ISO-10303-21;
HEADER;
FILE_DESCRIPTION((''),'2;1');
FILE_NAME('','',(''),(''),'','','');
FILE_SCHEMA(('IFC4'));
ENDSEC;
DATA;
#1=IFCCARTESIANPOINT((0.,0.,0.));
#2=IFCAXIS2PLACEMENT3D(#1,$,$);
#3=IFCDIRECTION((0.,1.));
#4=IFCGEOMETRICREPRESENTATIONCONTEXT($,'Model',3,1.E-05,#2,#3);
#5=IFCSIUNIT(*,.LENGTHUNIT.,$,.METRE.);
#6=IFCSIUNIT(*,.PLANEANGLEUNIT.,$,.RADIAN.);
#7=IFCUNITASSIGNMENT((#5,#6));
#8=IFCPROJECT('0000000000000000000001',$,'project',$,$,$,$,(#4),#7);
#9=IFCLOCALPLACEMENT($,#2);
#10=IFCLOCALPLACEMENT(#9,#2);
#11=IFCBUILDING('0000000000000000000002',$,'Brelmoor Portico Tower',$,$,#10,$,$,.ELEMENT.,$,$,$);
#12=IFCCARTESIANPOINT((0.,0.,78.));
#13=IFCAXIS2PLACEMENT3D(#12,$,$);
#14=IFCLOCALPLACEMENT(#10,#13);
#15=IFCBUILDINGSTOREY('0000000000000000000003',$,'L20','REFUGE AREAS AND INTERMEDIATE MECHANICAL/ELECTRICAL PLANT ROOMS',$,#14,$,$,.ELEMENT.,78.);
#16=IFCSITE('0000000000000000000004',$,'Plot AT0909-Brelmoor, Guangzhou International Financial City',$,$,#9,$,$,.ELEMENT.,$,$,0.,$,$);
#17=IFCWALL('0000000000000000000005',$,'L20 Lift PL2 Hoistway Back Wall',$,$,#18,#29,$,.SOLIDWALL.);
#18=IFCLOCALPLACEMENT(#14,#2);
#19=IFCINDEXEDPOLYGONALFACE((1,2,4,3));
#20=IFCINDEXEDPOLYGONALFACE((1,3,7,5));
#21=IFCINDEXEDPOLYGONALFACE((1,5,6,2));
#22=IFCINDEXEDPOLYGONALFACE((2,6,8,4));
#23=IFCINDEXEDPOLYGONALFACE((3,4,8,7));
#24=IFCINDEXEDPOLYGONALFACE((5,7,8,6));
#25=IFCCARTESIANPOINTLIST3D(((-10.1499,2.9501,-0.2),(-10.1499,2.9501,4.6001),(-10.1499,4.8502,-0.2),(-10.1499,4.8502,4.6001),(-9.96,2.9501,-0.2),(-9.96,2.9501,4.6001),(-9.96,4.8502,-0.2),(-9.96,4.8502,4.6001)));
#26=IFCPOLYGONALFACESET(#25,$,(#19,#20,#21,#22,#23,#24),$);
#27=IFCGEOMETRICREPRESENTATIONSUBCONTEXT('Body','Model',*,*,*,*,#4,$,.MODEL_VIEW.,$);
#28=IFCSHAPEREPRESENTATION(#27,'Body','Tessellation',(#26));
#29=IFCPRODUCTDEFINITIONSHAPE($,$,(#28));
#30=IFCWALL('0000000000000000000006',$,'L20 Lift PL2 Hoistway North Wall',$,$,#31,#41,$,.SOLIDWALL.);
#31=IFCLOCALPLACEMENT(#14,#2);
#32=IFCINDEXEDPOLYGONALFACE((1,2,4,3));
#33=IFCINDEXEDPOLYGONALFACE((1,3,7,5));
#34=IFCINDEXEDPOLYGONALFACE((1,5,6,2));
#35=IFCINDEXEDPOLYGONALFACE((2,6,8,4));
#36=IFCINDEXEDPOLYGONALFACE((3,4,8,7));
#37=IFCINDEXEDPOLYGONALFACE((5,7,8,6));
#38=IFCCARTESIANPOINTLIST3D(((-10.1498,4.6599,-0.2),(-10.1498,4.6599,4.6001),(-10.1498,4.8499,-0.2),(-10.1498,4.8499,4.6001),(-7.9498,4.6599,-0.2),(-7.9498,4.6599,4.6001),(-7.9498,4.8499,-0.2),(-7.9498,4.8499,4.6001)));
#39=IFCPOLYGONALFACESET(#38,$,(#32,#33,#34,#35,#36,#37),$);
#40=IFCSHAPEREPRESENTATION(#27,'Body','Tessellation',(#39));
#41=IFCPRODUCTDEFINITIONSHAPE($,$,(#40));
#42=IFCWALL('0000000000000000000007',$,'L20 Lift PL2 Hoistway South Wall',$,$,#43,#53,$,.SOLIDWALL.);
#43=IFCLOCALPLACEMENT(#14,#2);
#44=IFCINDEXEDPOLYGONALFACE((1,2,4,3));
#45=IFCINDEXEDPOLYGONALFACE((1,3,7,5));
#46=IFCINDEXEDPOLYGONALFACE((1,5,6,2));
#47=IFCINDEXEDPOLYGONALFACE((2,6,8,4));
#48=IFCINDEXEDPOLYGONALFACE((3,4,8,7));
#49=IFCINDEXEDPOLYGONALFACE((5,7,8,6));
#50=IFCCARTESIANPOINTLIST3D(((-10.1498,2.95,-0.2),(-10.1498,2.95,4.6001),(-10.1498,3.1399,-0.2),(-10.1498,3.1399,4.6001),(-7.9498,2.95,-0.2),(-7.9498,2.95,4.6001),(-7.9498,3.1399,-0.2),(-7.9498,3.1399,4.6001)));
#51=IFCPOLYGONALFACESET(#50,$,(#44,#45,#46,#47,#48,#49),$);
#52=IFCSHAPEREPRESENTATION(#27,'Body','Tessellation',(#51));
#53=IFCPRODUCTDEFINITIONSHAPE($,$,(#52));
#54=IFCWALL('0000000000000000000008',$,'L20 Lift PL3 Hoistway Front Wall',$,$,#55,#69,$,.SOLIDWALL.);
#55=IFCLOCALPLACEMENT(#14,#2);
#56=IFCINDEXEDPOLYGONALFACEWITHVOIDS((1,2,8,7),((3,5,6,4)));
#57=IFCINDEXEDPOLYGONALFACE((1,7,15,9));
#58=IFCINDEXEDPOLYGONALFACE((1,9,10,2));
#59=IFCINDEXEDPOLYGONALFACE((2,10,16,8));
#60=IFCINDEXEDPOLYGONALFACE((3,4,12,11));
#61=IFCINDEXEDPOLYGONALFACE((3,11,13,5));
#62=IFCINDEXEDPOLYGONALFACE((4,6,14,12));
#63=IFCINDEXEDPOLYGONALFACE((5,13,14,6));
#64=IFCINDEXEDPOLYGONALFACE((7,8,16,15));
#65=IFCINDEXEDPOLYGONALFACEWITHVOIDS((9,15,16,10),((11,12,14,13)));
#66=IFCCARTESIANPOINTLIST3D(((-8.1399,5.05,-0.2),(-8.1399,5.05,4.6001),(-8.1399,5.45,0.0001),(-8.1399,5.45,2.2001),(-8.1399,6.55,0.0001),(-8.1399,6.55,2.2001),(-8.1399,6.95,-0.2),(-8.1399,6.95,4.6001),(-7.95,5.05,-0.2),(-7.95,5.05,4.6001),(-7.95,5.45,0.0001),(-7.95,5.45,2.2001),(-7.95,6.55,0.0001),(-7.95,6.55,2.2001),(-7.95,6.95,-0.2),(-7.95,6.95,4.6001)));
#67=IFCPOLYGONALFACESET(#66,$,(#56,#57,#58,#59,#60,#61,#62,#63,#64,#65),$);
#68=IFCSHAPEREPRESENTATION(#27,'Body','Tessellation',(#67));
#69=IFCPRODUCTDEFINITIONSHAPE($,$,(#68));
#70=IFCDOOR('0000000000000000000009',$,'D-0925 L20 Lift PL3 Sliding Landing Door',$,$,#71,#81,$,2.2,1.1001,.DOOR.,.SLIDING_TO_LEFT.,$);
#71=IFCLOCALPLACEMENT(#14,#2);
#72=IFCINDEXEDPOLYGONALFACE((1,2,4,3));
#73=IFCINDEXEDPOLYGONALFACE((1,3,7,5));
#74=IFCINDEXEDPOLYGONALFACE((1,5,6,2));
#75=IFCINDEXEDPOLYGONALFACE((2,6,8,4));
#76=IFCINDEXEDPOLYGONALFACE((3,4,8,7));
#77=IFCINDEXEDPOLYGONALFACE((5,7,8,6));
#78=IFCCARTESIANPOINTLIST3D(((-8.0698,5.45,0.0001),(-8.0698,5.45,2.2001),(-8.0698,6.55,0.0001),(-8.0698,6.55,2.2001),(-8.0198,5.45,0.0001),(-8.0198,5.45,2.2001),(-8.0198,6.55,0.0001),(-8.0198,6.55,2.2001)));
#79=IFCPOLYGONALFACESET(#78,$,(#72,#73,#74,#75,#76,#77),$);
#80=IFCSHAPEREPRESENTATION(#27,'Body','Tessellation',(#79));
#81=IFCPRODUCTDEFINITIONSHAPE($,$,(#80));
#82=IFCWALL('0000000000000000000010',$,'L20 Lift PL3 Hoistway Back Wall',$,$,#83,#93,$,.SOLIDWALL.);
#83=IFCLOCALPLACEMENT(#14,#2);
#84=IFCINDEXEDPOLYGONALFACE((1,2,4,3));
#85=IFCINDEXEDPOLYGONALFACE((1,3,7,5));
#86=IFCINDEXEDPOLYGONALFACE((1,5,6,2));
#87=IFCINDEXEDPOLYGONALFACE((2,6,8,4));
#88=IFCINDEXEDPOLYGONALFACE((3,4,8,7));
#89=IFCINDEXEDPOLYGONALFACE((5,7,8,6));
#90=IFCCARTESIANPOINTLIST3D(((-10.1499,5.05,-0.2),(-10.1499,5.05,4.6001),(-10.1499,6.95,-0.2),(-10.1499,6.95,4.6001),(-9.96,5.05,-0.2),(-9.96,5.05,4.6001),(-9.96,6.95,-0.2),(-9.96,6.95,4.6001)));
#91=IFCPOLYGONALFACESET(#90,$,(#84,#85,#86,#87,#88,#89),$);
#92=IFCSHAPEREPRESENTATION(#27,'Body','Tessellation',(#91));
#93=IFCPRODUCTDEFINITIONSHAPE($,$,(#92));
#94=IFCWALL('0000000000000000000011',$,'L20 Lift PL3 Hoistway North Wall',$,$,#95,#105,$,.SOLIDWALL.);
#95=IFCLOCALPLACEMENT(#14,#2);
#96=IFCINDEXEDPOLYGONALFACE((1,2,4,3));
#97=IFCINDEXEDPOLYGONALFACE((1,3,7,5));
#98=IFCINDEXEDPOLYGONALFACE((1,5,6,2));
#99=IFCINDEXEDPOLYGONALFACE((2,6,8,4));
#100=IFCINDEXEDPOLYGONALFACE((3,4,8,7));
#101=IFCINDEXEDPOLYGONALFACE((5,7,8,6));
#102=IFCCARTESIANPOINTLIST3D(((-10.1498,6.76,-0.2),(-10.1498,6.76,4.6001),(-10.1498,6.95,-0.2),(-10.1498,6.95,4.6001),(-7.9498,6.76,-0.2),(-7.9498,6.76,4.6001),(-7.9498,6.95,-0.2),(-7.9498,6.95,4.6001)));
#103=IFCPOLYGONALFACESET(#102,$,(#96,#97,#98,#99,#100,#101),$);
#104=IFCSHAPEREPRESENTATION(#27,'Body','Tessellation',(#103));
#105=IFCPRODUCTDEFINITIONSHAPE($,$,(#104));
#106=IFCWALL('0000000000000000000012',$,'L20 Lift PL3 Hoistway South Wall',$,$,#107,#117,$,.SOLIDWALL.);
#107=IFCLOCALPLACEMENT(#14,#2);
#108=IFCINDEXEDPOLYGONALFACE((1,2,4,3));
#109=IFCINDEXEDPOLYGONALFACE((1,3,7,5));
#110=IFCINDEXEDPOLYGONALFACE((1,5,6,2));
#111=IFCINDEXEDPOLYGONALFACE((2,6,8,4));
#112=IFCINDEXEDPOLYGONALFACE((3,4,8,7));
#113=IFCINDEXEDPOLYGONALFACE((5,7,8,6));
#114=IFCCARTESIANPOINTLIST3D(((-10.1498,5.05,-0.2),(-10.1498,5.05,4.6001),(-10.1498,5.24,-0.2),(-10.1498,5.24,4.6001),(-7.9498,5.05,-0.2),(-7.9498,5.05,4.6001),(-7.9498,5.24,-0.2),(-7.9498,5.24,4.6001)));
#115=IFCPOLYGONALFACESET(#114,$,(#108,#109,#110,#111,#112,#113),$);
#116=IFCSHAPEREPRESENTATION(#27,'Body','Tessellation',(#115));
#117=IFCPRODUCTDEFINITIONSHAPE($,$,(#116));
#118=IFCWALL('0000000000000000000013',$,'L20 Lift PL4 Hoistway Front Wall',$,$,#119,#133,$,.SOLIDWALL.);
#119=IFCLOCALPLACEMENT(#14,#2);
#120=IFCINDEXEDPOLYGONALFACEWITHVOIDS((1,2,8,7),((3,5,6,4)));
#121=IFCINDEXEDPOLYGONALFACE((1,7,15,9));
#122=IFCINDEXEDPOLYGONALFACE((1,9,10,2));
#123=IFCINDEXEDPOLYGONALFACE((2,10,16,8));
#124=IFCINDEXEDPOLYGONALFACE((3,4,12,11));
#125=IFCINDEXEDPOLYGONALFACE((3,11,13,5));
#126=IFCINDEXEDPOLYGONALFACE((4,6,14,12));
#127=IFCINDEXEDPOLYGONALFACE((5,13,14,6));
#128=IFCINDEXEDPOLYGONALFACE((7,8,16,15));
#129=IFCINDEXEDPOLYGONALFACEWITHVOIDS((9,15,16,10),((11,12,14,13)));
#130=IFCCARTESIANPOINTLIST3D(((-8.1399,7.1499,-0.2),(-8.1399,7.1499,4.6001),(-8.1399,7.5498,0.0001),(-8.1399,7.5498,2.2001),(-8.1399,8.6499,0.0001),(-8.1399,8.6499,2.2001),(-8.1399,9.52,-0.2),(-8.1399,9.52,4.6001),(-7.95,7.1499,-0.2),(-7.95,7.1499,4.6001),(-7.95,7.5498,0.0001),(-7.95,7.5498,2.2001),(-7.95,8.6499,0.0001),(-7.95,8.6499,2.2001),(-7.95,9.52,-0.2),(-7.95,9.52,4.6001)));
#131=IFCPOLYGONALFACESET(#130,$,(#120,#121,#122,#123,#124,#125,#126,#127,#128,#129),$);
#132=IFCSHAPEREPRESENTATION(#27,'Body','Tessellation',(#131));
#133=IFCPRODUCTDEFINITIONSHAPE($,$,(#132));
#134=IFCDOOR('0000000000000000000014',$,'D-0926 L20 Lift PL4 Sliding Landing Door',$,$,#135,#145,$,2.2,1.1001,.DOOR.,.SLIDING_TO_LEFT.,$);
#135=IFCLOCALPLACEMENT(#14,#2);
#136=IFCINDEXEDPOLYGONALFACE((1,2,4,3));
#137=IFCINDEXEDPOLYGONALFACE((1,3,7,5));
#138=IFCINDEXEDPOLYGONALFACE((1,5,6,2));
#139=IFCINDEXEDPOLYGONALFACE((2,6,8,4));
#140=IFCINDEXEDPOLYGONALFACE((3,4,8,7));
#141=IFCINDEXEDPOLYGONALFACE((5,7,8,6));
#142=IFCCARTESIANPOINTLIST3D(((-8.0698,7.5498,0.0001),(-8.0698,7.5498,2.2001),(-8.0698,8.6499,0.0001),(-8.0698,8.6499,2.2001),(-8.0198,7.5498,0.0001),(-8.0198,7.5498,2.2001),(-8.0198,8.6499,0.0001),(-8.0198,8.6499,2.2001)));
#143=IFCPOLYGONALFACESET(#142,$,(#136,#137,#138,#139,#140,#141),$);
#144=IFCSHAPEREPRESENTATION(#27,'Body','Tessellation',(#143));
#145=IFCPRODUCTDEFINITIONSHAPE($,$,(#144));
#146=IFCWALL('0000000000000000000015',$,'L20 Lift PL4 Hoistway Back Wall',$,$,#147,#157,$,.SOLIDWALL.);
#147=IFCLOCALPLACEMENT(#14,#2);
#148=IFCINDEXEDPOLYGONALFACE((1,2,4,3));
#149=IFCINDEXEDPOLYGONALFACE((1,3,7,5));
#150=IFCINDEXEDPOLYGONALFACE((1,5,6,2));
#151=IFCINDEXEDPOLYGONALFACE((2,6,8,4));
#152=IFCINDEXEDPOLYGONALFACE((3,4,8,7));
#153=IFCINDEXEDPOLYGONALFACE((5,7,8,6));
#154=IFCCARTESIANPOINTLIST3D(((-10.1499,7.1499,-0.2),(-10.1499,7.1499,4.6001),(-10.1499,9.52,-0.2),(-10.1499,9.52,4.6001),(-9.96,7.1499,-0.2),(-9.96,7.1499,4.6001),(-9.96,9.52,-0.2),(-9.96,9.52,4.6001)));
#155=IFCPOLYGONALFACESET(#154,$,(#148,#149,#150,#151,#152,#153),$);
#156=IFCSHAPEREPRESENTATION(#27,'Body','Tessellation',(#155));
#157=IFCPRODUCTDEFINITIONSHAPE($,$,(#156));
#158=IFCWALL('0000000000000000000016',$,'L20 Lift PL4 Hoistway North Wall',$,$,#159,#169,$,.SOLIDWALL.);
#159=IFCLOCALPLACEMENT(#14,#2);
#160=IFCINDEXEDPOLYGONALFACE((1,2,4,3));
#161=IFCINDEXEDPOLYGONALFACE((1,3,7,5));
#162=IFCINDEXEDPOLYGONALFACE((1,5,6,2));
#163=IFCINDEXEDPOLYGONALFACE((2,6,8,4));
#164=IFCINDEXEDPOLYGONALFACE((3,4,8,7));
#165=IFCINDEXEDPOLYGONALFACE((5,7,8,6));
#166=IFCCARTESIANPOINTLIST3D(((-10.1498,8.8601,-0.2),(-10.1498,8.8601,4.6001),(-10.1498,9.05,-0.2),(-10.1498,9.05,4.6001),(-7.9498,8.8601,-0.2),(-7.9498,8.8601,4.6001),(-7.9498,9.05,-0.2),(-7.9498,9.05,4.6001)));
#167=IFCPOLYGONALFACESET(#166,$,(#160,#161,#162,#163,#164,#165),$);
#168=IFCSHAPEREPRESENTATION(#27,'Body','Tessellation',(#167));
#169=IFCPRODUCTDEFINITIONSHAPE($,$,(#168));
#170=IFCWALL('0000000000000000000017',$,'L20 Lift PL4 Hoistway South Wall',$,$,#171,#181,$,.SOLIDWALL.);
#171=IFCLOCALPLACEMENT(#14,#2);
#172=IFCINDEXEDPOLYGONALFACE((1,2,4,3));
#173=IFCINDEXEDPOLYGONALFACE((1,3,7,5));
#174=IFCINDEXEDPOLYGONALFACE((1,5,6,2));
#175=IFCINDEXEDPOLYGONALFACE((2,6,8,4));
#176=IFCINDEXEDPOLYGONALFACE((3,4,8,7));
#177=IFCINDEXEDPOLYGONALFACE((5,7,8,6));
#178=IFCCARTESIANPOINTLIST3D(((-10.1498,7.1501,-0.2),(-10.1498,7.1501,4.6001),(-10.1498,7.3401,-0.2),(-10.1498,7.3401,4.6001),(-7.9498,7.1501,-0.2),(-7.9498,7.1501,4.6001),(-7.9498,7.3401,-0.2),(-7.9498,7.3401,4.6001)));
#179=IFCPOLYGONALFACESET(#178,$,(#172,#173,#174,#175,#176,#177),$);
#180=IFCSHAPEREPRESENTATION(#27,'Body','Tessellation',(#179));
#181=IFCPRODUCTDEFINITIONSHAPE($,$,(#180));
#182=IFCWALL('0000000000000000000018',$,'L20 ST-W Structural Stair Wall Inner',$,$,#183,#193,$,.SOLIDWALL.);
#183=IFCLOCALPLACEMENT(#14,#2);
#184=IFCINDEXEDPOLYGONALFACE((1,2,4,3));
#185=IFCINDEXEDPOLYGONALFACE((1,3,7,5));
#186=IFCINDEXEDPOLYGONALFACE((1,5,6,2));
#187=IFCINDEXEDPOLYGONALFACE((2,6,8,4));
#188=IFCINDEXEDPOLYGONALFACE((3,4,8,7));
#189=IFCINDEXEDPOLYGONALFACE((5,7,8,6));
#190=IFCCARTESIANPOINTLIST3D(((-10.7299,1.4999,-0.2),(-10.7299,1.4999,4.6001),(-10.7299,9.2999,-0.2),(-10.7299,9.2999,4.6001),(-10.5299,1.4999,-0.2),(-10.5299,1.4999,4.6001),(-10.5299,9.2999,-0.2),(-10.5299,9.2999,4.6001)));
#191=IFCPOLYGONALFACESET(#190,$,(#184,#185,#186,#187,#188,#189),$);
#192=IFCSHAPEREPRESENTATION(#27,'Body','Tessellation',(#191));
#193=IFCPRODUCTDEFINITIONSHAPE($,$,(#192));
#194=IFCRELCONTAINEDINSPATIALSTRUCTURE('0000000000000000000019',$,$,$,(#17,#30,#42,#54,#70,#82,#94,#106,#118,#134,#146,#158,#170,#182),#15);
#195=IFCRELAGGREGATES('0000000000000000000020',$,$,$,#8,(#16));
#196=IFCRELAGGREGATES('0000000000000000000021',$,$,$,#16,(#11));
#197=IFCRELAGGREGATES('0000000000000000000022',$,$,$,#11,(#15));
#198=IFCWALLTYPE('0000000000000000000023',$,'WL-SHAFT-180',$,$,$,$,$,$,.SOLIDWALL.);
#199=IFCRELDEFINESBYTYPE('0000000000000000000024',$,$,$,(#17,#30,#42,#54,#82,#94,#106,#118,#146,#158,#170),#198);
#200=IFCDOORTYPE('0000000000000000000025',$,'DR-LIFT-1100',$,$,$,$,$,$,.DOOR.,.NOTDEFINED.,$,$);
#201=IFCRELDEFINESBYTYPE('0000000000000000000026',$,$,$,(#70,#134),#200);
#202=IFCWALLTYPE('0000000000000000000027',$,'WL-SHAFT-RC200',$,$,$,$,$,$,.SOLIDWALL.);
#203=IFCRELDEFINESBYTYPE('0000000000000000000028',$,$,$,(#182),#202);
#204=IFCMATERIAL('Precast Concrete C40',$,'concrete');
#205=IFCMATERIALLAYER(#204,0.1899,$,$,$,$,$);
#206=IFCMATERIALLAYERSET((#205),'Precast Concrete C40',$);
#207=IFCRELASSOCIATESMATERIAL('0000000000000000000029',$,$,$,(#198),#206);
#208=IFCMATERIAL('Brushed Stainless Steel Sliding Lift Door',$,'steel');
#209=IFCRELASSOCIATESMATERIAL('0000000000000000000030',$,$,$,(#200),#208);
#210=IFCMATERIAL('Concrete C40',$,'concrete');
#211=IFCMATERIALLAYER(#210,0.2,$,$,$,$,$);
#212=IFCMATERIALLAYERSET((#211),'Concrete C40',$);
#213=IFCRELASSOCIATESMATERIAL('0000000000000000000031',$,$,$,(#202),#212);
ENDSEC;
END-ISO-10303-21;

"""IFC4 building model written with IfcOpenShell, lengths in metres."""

from ifc_helpers import new_model, si_unit, direction, frame, frame_2d, origin, place, context, subcontext, project, spatial, rectangle, extrude, material, layer, layer_set, type_object, element, fill, save


model = new_model("IFC4")

# Units and contexts
model_context = context("Model", 3, precision=1e-05, world=origin(), true_north=direction((0.0, 1.0)))
body_context = subcontext(model_context, "Body", "Model", "MODEL_VIEW")
ifc_project = project(units=[si_unit("LENGTHUNIT", "METRE"), si_unit("PLANEANGLEUNIT", "RADIAN")], contexts=[model_context])

# Site, building, storey
site_placement = place(None, origin())
site = spatial("IfcSite", under=ifc_project, at=site_placement, Name="Plot AT0909-Brelmoor, Guangzhou International Financial City", CompositionType="ELEMENT", RefElevation=0.0)
building_placement = place(site_placement, origin())
building = spatial("IfcBuilding", under=site, at=building_placement, Name="Brelmoor Portico Tower", CompositionType="ELEMENT")
storey_placement = place(building_placement, frame((0.0, 0.0, 78.0)))
storey = spatial("IfcBuildingStorey", under=building, at=storey_placement, Name="L20", Description="REFUGE AREAS AND INTERMEDIATE MECHANICAL/ELECTRICAL PLANT ROOMS", CompositionType="ELEMENT", Elevation=78.0)

# Shared definitions
ifc_material_1 = material(Name="Precast Concrete C40", Category="concrete")
ifc_layer_1 = layer(ifc_material_1, 0.1899)
ifc_layer_set_1 = layer_set([ifc_layer_1], Name="Precast Concrete C40")
wall_type_1 = type_object("IfcWallType", Name="WL-SHAFT-180", PredefinedType="SOLIDWALL", material=ifc_layer_set_1)
ifc_material_2 = material(Name="Brushed Stainless Steel Sliding Lift Door", Category="steel")
door_type_1 = type_object("IfcDoorType", Name="DR-LIFT-1100", OperationType="NOTDEFINED", PredefinedType="DOOR", material=ifc_material_2)

# Walls
wall_1_placement = place(storey_placement, frame((-10.0549, 2.95, -0.2), z_axis=(0.0, 0.0, 1.0), x_axis=(0.0, 1.0, 0.0)))
element("IfcWall", 1, at=wall_1_placement, inside=storey, type_object=wall_type_1, Name="L20 Lift PL2 Hoistway Back Wall", PredefinedType="SOLIDWALL", context=body_context, shape_type="SweptSolid", body=[
    extrude(rectangle(XDim=1.9001, YDim=0.1899, at=frame_2d((0.9502, 0.0))), origin(), (0.0, 0.0, 1.0), 4.8),
])
for number, where, z_axis, x_axis, name in (
    (2, (-10.1499, 4.7549, -0.2), (0.0, 0.0, 1.0), (1.0, 0.0, 0.0), "L20 Lift PL2 Hoistway North Wall"),
    (3, (-10.1499, 3.0449, -0.2), (0.0, 0.0, 1.0), (1.0, 0.0, 0.0), "L20 Lift PL2 Hoistway South Wall"),
):
    element("IfcWall", number, at=place(storey_placement, frame(where, z_axis=z_axis, x_axis=x_axis)), inside=storey, type_object=wall_type_1, Name=name, PredefinedType="SOLIDWALL", context=body_context, shape_type="SweptSolid", body=[
        extrude(rectangle(XDim=2.2, YDim=0.1899, at=frame_2d((1.1001, 0.0))), origin(), (0.0, 0.0, 1.0), 4.8),
    ])

# Wall, opening, door
wall_2_placement = place(storey_placement, frame((-8.0449, 5.05, -0.2), z_axis=(0.0, 0.0, 1.0), x_axis=(0.0, 1.0, 0.0)))
wall_2 = element("IfcWall", 4, at=wall_2_placement, inside=storey, type_object=wall_type_1, Name="L20 Lift PL3 Hoistway Front Wall", PredefinedType="SOLIDWALL", context=body_context, shape_type="SweptSolid", body=[
    extrude(rectangle(XDim=1.8999, YDim=0.1899, at=frame_2d((0.95, 0.0))), origin(), (0.0, 0.0, 1.0), 4.8),
])
opening_1_placement = place(wall_2_placement, frame((0.3999, 0.0, 0.2)))
opening_1 = element("IfcOpeningElement", 5, at=opening_1_placement, cuts=wall_2, PredefinedType="OPENING", context=body_context, shape_type="SweptSolid", body=[
    extrude(rectangle(XDim=1.1001, YDim=2.2, at=frame_2d((0.55, 1.1001))), frame((0.0, 0.105, 0.0), z_axis=(0.0, -1.0, 0.0), x_axis=(1.0, 0.0, 0.0)), (0.0, 0.0, 1.0), 0.21),
])
door_1_placement = place(opening_1_placement, origin())
door_1 = element("IfcDoor", 6, at=door_1_placement, inside=storey, type_object=door_type_1, Name="D-0925 L20 Lift PL3 Sliding Landing Door", OperationType="SLIDING_TO_LEFT", OverallHeight=2.2, OverallWidth=1.1001, PredefinedType="DOOR", context=body_context, shape_type="SweptSolid", body=[
    extrude(rectangle(XDim=1.1001, YDim=2.2, at=frame_2d((0.55, 1.1001))), frame((0.0, 0.0249, 0.0), z_axis=(0.0, -1.0, 0.0), x_axis=(1.0, 0.0, 0.0)), (0.0, 0.0, 1.0), 0.05),
])
fill(opening_1, door_1)

# Walls
wall_3_placement = place(storey_placement, frame((-10.0549, 5.05, -0.2), z_axis=(0.0, 0.0, 1.0), x_axis=(0.0, 1.0, 0.0)))
element("IfcWall", 7, at=wall_3_placement, inside=storey, type_object=wall_type_1, Name="L20 Lift PL3 Hoistway Back Wall", PredefinedType="SOLIDWALL", context=body_context, shape_type="SweptSolid", body=[
    extrude(rectangle(XDim=1.8999, YDim=0.1899, at=frame_2d((0.95, 0.0))), origin(), (0.0, 0.0, 1.0), 4.8),
])
for number, where, z_axis, x_axis, name in (
    (8, (-10.1499, 6.855, -0.2), (0.0, 0.0, 1.0), (1.0, 0.0, 0.0), "L20 Lift PL3 Hoistway North Wall"),
    (9, (-10.1499, 5.145, -0.2), (0.0, 0.0, 1.0), (1.0, 0.0, 0.0), "L20 Lift PL3 Hoistway South Wall"),
):
    element("IfcWall", number, at=place(storey_placement, frame(where, z_axis=z_axis, x_axis=x_axis)), inside=storey, type_object=wall_type_1, Name=name, PredefinedType="SOLIDWALL", context=body_context, shape_type="SweptSolid", body=[
        extrude(rectangle(XDim=2.2, YDim=0.1899, at=frame_2d((1.1001, 0.0))), origin(), (0.0, 0.0, 1.0), 4.8),
    ])

# Wall, opening, door
wall_4_placement = place(storey_placement, frame((-8.0449, 7.1499, -0.2), z_axis=(0.0, 0.0, 1.0), x_axis=(0.0, 1.0, 0.0)))
wall_4 = element("IfcWall", 10, at=wall_4_placement, inside=storey, type_object=wall_type_1, Name="L20 Lift PL4 Hoistway Front Wall", PredefinedType="SOLIDWALL", context=body_context, shape_type="SweptSolid", body=[
    extrude(rectangle(XDim=2.3701, YDim=0.1899, at=frame_2d((1.1851, 0.0))), origin(), (0.0, 0.0, 1.0), 4.8),
])
opening_2_placement = place(wall_4_placement, frame((0.3999, 0.0, 0.2)))
opening_2 = element("IfcOpeningElement", 11, at=opening_2_placement, cuts=wall_4, PredefinedType="OPENING", context=body_context, shape_type="SweptSolid", body=[
    extrude(rectangle(XDim=1.1001, YDim=2.2, at=frame_2d((0.55, 1.1001))), frame((0.0, 0.105, 0.0), z_axis=(0.0, -1.0, 0.0), x_axis=(1.0, 0.0, 0.0)), (0.0, 0.0, 1.0), 0.21),
])
door_2_placement = place(opening_2_placement, origin())
door_2 = element("IfcDoor", 12, at=door_2_placement, inside=storey, type_object=door_type_1, Name="D-0926 L20 Lift PL4 Sliding Landing Door", OperationType="SLIDING_TO_LEFT", OverallHeight=2.2, OverallWidth=1.1001, PredefinedType="DOOR", context=body_context, shape_type="SweptSolid", body=[
    extrude(rectangle(XDim=1.1001, YDim=2.2, at=frame_2d((0.55, 1.1001))), frame((0.0, 0.0249, 0.0), z_axis=(0.0, -1.0, 0.0), x_axis=(1.0, 0.0, 0.0)), (0.0, 0.0, 1.0), 0.05),
])
fill(opening_2, door_2)

# Walls
wall_5_placement = place(storey_placement, frame((-10.0549, 7.1499, -0.2), z_axis=(0.0, 0.0, 1.0), x_axis=(0.0, 1.0, 0.0)))
element("IfcWall", 13, at=wall_5_placement, inside=storey, type_object=wall_type_1, Name="L20 Lift PL4 Hoistway Back Wall", PredefinedType="SOLIDWALL", context=body_context, shape_type="SweptSolid", body=[
    extrude(rectangle(XDim=2.3701, YDim=0.1899, at=frame_2d((1.1851, 0.0))), origin(), (0.0, 0.0, 1.0), 4.8),
])
for number, where, z_axis, x_axis, name in (
    (14, (-10.1499, 8.9551, -0.2), (0.0, 0.0, 1.0), (1.0, 0.0, 0.0), "L20 Lift PL4 Hoistway North Wall"),
    (15, (-10.1499, 7.2451, -0.2), (0.0, 0.0, 1.0), (1.0, 0.0, 0.0), "L20 Lift PL4 Hoistway South Wall"),
):
    element("IfcWall", number, at=place(storey_placement, frame(where, z_axis=z_axis, x_axis=x_axis)), inside=storey, type_object=wall_type_1, Name=name, PredefinedType="SOLIDWALL", context=body_context, shape_type="SweptSolid", body=[
        extrude(rectangle(XDim=2.2, YDim=0.1899, at=frame_2d((1.1001, 0.0))), origin(), (0.0, 0.0, 1.0), 4.8),
    ])
ifc_material_3 = material(Name="Concrete C40", Category="concrete")
ifc_layer_2 = layer(ifc_material_3, 0.2)
ifc_layer_set_2 = layer_set([ifc_layer_2], Name="Concrete C40")
wall_type_2 = type_object("IfcWallType", Name="WL-SHAFT-RC200", PredefinedType="SOLIDWALL", material=ifc_layer_set_2)
wall_6_placement = place(storey_placement, frame((-10.6299, 1.5, -0.2), z_axis=(0.0, 0.0, 1.0), x_axis=(0.0, 1.0, 0.0)))
element("IfcWall", 16, at=wall_6_placement, inside=storey, type_object=wall_type_2, Name="L20 ST-W Structural Stair Wall Inner", PredefinedType="SOLIDWALL", context=body_context, shape_type="SweptSolid", body=[
    extrude(rectangle(XDim=7.8, YDim=0.2, at=frame_2d((3.8999, 0.0))), origin(), (0.0, 0.0, 1.0), 4.8),
])

save(model, "model.ifc")
